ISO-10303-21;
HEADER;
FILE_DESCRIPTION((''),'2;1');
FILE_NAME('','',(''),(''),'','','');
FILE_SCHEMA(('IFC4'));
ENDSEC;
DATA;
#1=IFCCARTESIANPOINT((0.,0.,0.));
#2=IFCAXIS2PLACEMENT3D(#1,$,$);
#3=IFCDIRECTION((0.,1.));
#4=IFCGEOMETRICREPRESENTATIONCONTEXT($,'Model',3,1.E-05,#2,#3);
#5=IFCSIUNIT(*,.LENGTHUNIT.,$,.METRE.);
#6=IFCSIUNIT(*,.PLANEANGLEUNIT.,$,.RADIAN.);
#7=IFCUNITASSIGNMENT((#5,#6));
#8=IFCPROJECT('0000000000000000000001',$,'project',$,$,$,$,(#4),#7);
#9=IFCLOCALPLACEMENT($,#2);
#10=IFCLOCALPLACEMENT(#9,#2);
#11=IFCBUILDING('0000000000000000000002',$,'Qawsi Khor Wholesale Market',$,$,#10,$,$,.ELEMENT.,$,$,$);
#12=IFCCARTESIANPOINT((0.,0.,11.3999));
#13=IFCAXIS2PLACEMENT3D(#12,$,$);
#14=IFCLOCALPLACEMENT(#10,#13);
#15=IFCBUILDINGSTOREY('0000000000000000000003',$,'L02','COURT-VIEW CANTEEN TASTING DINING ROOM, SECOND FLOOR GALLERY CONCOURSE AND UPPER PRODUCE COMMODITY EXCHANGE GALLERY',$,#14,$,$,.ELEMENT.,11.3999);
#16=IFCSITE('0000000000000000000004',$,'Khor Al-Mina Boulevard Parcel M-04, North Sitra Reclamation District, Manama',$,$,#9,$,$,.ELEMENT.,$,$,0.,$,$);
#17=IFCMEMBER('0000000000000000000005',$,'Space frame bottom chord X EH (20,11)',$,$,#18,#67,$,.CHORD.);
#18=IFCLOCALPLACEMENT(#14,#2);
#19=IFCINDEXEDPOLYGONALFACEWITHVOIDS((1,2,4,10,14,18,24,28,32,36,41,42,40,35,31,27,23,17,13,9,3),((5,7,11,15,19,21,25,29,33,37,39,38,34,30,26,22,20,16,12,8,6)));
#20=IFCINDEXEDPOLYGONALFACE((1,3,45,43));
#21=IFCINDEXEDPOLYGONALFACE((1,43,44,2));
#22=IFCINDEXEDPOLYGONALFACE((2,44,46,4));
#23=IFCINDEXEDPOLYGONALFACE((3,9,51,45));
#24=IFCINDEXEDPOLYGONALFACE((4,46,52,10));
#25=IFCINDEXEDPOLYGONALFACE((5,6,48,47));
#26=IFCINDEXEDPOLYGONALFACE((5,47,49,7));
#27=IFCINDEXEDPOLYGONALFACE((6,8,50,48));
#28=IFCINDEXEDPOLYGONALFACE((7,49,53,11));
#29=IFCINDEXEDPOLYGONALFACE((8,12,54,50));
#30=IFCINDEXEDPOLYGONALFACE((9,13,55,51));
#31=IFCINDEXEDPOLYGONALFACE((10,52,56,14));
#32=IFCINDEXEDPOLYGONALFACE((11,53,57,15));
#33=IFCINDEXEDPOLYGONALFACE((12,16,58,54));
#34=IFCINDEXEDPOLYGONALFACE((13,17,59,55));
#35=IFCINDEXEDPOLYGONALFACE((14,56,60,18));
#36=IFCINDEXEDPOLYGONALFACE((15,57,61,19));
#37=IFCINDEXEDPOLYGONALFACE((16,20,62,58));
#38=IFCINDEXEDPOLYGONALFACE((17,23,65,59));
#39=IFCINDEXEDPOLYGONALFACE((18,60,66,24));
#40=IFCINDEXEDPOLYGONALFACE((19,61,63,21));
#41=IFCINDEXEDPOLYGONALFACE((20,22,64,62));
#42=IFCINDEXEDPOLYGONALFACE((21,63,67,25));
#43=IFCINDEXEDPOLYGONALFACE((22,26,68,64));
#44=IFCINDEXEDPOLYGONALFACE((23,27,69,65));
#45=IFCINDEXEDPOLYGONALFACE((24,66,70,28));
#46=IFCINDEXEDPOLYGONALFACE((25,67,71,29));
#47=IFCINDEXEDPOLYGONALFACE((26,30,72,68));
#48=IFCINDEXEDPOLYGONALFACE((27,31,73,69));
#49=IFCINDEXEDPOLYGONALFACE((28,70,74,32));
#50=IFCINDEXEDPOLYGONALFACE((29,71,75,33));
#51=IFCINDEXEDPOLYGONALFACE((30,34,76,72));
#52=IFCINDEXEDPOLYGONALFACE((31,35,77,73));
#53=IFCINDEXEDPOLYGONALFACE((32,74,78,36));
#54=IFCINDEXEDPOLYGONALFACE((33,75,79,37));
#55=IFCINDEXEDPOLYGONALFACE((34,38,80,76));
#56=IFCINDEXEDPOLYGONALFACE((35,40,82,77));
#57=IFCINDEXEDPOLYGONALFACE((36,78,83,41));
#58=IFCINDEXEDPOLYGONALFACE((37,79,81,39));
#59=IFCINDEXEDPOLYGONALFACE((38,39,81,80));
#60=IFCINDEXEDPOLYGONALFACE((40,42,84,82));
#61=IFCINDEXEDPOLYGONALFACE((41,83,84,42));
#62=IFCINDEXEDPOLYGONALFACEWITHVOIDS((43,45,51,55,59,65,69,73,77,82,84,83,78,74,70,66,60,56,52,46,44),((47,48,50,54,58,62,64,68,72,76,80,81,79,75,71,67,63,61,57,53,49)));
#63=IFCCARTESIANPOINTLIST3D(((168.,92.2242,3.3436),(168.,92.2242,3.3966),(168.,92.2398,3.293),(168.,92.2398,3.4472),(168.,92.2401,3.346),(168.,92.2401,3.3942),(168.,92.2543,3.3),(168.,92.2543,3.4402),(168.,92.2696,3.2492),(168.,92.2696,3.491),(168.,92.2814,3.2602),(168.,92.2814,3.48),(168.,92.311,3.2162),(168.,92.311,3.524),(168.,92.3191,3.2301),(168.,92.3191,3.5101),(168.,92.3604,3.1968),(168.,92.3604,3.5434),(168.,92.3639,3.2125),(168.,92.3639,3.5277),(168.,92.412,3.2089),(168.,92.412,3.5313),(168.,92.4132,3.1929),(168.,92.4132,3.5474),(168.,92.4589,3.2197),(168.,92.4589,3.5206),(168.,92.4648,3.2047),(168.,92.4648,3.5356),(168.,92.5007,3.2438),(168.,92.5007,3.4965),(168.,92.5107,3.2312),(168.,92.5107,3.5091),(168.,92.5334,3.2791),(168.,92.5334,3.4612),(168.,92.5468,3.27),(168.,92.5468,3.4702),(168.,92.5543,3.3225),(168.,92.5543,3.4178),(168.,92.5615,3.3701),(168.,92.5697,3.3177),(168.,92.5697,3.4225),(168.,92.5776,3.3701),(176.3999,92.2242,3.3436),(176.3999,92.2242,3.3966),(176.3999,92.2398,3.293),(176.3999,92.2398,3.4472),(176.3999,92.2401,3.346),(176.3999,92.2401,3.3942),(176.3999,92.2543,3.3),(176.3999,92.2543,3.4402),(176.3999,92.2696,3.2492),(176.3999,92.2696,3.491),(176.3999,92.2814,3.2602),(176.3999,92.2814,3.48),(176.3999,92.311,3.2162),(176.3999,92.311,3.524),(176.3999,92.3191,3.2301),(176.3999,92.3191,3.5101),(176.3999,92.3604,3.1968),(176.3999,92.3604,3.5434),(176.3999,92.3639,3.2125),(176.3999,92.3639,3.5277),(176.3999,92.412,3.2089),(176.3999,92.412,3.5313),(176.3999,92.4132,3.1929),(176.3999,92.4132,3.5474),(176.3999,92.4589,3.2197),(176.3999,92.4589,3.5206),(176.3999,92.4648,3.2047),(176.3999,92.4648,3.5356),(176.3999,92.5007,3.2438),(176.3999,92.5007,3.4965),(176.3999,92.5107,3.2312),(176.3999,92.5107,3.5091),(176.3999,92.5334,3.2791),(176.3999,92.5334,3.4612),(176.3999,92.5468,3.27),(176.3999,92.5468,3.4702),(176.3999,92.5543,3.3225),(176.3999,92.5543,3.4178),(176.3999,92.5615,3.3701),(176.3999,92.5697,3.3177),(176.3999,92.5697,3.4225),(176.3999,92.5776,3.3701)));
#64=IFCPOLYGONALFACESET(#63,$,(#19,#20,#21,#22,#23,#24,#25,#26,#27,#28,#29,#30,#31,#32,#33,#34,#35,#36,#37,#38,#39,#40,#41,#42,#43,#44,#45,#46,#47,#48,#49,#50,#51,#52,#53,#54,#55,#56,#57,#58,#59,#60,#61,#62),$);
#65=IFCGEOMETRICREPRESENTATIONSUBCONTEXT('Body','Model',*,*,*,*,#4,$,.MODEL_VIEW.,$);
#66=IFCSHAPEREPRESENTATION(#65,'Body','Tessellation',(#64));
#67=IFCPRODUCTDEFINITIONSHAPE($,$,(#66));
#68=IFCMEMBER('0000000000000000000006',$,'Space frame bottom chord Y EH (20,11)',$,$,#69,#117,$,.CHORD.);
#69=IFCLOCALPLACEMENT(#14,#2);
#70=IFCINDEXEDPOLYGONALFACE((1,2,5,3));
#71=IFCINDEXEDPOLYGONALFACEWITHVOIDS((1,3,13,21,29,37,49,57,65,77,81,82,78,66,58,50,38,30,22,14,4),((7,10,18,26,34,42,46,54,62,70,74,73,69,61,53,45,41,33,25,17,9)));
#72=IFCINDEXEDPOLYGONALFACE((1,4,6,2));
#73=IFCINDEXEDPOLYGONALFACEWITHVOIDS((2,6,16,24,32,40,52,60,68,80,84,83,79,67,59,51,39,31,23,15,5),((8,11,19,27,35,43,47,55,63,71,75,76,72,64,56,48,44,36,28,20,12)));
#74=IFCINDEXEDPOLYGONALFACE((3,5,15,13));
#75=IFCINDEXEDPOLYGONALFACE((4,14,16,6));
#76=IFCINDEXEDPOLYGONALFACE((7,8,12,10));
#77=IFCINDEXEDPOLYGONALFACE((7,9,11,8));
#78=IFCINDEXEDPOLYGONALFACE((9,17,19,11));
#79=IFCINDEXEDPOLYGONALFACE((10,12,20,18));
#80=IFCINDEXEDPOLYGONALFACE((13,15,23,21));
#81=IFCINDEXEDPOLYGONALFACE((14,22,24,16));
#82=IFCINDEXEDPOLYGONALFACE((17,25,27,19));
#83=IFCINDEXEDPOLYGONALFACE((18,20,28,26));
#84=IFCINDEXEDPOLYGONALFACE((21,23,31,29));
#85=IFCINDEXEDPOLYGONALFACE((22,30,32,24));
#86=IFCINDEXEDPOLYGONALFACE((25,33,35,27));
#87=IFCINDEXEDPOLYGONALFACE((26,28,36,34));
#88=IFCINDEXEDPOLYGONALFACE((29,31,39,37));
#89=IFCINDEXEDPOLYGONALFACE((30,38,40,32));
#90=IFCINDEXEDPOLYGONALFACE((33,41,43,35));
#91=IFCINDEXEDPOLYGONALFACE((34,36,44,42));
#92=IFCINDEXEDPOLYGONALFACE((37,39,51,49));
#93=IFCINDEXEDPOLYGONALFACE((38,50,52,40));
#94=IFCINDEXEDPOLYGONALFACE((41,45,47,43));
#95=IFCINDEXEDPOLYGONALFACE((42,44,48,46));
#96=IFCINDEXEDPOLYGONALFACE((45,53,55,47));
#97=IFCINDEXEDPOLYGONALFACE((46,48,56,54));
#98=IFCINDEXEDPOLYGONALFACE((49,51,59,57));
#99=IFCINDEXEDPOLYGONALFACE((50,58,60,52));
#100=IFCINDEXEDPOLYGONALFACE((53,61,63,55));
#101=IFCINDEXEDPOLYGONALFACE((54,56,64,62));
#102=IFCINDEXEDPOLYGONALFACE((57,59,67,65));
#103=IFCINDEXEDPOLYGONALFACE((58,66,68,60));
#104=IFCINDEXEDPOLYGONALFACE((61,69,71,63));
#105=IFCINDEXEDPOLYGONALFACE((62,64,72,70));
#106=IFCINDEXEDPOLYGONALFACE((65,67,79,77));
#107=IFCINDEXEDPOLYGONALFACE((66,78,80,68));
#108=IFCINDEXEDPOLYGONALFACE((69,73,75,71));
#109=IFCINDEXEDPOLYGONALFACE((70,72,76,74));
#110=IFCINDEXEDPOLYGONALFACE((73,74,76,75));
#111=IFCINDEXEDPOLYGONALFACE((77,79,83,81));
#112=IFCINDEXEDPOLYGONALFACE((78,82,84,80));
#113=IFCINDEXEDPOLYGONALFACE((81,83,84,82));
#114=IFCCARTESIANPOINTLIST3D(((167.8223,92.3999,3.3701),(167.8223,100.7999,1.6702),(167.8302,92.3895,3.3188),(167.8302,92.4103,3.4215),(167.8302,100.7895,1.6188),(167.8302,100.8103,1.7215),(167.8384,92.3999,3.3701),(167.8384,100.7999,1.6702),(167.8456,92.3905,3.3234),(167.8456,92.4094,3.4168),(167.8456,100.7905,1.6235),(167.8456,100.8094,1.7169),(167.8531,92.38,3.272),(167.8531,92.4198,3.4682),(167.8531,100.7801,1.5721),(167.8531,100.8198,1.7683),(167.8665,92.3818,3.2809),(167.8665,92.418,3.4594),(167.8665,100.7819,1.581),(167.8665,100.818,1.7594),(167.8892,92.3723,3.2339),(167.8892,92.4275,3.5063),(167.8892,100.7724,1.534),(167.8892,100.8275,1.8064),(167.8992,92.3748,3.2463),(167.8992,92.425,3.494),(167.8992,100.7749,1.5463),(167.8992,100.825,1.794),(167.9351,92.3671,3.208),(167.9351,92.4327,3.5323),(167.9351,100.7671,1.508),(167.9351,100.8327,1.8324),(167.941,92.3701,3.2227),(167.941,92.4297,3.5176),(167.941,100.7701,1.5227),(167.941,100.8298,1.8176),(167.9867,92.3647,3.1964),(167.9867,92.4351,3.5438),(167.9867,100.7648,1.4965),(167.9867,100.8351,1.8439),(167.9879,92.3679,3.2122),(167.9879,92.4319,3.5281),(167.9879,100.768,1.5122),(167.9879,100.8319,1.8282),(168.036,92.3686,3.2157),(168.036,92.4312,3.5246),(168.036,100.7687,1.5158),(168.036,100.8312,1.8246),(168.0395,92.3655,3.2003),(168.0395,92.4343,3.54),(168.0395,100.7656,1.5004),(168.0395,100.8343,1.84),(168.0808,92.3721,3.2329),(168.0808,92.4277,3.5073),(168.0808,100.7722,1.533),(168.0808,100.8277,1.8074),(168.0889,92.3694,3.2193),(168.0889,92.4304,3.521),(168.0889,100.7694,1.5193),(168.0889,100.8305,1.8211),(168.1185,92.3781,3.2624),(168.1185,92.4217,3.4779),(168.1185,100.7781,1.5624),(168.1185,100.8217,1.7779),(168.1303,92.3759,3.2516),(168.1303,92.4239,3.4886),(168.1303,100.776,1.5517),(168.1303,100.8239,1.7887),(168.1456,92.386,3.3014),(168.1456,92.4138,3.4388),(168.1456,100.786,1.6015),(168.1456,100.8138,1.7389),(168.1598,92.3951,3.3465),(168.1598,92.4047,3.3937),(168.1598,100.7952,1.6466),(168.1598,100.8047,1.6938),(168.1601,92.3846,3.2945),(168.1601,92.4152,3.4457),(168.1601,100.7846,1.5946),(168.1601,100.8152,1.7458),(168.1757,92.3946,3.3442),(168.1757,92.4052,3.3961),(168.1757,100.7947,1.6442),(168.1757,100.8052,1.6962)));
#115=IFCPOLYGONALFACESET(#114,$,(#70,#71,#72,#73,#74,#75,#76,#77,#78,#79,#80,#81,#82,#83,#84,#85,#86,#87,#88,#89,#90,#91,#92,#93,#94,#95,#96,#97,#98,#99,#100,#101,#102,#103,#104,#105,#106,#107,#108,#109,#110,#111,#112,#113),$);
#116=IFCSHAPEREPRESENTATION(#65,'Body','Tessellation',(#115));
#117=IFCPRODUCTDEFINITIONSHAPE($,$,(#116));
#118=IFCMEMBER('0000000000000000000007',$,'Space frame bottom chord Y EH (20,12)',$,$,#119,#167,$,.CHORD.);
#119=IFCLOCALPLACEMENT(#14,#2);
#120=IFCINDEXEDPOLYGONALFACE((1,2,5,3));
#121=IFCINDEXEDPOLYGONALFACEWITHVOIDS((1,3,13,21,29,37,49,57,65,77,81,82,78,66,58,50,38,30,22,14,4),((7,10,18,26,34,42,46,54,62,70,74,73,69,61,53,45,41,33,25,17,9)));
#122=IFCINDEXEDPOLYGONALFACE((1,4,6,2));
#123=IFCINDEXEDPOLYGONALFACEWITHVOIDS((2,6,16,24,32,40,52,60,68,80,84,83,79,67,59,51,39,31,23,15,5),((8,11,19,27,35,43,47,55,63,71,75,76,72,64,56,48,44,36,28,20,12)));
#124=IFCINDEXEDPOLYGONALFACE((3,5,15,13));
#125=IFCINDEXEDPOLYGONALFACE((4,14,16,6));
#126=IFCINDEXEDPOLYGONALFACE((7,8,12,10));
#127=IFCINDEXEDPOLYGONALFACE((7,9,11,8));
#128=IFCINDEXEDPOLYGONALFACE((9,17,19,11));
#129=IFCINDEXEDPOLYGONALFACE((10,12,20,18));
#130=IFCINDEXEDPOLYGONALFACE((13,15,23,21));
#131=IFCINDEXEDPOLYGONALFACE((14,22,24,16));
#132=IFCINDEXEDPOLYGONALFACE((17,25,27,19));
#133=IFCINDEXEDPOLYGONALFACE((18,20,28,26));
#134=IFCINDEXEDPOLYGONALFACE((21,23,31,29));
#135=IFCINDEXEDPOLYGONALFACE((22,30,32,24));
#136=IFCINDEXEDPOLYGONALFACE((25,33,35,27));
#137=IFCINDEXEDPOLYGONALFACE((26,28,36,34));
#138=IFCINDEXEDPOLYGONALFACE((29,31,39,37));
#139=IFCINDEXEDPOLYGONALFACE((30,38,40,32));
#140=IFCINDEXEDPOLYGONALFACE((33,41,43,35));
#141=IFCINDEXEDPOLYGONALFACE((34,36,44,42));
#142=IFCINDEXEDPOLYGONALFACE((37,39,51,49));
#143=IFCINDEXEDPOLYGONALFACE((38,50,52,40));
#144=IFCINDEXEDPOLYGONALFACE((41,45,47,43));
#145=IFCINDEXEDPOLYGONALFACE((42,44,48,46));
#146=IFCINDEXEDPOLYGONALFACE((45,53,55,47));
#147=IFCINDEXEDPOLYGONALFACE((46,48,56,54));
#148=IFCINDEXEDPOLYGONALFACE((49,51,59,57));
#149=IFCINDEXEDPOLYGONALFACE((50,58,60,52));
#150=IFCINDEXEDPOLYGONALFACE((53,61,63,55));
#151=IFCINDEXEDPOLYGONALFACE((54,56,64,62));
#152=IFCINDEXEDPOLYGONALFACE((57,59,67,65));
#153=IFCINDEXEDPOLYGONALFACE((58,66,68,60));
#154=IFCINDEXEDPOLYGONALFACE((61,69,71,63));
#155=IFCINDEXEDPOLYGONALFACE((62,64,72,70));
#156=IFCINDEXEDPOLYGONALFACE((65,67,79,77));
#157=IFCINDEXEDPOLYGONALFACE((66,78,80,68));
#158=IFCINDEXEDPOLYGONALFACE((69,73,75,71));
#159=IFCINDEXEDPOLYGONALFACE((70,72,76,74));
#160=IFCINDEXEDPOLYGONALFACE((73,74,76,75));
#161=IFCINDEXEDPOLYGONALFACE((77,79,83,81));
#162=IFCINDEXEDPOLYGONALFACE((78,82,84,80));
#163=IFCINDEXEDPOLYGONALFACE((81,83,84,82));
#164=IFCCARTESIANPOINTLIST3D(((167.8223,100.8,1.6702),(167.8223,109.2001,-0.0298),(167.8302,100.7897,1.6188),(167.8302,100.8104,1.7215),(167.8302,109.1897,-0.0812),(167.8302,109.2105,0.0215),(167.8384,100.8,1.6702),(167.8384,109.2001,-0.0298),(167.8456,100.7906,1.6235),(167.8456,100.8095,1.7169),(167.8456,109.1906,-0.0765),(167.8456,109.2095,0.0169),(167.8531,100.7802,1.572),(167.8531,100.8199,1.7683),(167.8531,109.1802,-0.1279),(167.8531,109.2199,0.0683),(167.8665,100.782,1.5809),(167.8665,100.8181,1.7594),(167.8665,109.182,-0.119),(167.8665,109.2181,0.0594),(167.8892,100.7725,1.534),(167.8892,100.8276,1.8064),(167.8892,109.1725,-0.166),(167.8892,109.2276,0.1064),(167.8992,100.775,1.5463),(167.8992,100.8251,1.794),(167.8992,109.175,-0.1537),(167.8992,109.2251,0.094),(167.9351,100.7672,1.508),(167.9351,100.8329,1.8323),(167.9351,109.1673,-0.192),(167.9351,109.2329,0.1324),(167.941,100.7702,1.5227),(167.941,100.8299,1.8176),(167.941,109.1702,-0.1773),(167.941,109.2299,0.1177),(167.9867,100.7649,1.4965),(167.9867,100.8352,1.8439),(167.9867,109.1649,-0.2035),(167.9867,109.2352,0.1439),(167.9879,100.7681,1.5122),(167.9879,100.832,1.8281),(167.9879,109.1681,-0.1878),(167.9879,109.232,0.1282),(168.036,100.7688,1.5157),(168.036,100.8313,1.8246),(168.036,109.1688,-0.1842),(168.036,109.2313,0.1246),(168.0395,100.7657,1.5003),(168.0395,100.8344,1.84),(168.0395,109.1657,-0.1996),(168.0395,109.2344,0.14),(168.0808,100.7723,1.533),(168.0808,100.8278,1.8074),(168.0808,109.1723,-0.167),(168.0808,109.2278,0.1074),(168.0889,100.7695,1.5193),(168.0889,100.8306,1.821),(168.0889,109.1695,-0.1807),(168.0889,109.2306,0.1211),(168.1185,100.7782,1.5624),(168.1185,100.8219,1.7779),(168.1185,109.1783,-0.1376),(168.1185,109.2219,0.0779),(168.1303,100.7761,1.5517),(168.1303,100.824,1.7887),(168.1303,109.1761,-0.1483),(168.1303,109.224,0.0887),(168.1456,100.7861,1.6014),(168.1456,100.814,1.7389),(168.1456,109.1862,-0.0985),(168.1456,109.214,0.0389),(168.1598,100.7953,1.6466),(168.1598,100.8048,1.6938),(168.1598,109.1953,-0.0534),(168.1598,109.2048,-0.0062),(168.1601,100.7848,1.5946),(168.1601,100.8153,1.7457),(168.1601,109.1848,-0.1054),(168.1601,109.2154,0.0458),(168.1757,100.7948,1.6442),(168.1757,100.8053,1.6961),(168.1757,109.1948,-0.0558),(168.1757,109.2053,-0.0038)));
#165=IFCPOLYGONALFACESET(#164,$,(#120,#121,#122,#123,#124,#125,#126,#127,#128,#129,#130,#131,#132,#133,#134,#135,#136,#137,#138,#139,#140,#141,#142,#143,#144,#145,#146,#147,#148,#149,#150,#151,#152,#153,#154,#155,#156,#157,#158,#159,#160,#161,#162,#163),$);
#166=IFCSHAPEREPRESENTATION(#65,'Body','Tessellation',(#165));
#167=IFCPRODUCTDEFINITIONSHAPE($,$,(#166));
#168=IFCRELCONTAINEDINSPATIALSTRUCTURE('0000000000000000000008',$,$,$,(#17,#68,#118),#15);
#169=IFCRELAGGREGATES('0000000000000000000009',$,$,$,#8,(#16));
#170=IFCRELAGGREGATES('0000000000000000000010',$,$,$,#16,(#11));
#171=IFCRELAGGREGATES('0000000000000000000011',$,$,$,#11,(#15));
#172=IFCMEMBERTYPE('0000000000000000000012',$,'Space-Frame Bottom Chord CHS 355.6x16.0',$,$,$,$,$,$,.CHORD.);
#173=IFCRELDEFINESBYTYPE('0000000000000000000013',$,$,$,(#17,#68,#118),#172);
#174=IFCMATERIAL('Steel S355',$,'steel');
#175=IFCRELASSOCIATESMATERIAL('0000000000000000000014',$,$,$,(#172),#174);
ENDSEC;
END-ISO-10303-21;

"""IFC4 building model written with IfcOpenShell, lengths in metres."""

from ifc_helpers import new_model, si_unit, direction, frame, origin, origin_2d, place, context, subcontext, project, spatial, hollow_circle, extrude, material, material_profile, profile_set, type_object, element, save


model = new_model("IFC4")

# Units and contexts
model_context = context("Model", 3, precision=1e-05, world=origin(), true_north=direction((0.0, 1.0)))
body_context = subcontext(model_context, "Body", "Model", "MODEL_VIEW")
ifc_project = project(units=[si_unit("LENGTHUNIT", "METRE"), si_unit("PLANEANGLEUNIT", "RADIAN")], contexts=[model_context])

# Site, building, storey
site_placement = place(None, origin())
site = spatial("IfcSite", under=ifc_project, at=site_placement, Name="Khor Al-Mina Boulevard Parcel M-04, North Sitra Reclamation District, Manama", CompositionType="ELEMENT", RefElevation=0.0)
building_placement = place(site_placement, origin())
building = spatial("IfcBuilding", under=site, at=building_placement, Name="Qawsi Khor Wholesale Market", CompositionType="ELEMENT")
storey_placement = place(building_placement, frame((0.0, 0.0, 11.3999)))
storey = spatial("IfcBuildingStorey", under=building, at=storey_placement, Name="L02", Description="COURT-VIEW CANTEEN TASTING DINING ROOM, SECOND FLOOR GALLERY CONCOURSE AND UPPER PRODUCE COMMODITY EXCHANGE GALLERY", CompositionType="ELEMENT", Elevation=11.3999)

# Members
ifc_material_1 = material(Name="Steel S355", Category="steel")
ifc_material_profile_1 = material_profile(ifc_material_1, hollow_circle(Radius=0.1777, WallThickness=0.0161, at=origin_2d()), Name="CHS 355.6x16.0")
ifc_profile_set_1 = profile_set([ifc_material_profile_1], Name="Steel S355")
member_type_1 = type_object("IfcMemberType", Name="Space-Frame Bottom Chord CHS 355.6x16.0", PredefinedType="CHORD", material=ifc_profile_set_1)
member_1_placement = place(storey_placement, frame((168.0, 92.3999, 3.3701), z_axis=(1.0, 0.0, 0.0), x_axis=(0.0, 1.0, 0.0)))
element("IfcMember", 1, at=member_1_placement, inside=storey, type_object=member_type_1, Name="Space frame bottom chord X EH (20,11)", PredefinedType="CHORD", context=body_context, shape_type="SweptSolid", body=[
    extrude(hollow_circle(Radius=0.1777, WallThickness=0.0161, at=origin_2d()), origin(), (0.0, 0.0, 1.0), 8.3999),
])
for number, where, z_axis, x_axis, name in (
    (2, (168.0, 92.3999, 3.3701), (0.0, 0.980131, -0.198351), (-1.0, 0.0, 0.0), "Space frame bottom chord Y EH (20,11)"),
    (3, (168.0, 100.8, 1.6702), (0.0, 0.98013, -0.198356), (-1.0, 0.0, 0.0), "Space frame bottom chord Y EH (20,12)"),
):
    element("IfcMember", number, at=place(storey_placement, frame(where, z_axis=z_axis, x_axis=x_axis)), inside=storey, type_object=member_type_1, Name=name, PredefinedType="CHORD", context=body_context, shape_type="SweptSolid", body=[
        extrude(hollow_circle(Radius=0.1777, WallThickness=0.0161, at=origin_2d()), origin(), (0.0, 0.0, 1.0), 8.5703),
    ])

save(model, "model.ifc")
